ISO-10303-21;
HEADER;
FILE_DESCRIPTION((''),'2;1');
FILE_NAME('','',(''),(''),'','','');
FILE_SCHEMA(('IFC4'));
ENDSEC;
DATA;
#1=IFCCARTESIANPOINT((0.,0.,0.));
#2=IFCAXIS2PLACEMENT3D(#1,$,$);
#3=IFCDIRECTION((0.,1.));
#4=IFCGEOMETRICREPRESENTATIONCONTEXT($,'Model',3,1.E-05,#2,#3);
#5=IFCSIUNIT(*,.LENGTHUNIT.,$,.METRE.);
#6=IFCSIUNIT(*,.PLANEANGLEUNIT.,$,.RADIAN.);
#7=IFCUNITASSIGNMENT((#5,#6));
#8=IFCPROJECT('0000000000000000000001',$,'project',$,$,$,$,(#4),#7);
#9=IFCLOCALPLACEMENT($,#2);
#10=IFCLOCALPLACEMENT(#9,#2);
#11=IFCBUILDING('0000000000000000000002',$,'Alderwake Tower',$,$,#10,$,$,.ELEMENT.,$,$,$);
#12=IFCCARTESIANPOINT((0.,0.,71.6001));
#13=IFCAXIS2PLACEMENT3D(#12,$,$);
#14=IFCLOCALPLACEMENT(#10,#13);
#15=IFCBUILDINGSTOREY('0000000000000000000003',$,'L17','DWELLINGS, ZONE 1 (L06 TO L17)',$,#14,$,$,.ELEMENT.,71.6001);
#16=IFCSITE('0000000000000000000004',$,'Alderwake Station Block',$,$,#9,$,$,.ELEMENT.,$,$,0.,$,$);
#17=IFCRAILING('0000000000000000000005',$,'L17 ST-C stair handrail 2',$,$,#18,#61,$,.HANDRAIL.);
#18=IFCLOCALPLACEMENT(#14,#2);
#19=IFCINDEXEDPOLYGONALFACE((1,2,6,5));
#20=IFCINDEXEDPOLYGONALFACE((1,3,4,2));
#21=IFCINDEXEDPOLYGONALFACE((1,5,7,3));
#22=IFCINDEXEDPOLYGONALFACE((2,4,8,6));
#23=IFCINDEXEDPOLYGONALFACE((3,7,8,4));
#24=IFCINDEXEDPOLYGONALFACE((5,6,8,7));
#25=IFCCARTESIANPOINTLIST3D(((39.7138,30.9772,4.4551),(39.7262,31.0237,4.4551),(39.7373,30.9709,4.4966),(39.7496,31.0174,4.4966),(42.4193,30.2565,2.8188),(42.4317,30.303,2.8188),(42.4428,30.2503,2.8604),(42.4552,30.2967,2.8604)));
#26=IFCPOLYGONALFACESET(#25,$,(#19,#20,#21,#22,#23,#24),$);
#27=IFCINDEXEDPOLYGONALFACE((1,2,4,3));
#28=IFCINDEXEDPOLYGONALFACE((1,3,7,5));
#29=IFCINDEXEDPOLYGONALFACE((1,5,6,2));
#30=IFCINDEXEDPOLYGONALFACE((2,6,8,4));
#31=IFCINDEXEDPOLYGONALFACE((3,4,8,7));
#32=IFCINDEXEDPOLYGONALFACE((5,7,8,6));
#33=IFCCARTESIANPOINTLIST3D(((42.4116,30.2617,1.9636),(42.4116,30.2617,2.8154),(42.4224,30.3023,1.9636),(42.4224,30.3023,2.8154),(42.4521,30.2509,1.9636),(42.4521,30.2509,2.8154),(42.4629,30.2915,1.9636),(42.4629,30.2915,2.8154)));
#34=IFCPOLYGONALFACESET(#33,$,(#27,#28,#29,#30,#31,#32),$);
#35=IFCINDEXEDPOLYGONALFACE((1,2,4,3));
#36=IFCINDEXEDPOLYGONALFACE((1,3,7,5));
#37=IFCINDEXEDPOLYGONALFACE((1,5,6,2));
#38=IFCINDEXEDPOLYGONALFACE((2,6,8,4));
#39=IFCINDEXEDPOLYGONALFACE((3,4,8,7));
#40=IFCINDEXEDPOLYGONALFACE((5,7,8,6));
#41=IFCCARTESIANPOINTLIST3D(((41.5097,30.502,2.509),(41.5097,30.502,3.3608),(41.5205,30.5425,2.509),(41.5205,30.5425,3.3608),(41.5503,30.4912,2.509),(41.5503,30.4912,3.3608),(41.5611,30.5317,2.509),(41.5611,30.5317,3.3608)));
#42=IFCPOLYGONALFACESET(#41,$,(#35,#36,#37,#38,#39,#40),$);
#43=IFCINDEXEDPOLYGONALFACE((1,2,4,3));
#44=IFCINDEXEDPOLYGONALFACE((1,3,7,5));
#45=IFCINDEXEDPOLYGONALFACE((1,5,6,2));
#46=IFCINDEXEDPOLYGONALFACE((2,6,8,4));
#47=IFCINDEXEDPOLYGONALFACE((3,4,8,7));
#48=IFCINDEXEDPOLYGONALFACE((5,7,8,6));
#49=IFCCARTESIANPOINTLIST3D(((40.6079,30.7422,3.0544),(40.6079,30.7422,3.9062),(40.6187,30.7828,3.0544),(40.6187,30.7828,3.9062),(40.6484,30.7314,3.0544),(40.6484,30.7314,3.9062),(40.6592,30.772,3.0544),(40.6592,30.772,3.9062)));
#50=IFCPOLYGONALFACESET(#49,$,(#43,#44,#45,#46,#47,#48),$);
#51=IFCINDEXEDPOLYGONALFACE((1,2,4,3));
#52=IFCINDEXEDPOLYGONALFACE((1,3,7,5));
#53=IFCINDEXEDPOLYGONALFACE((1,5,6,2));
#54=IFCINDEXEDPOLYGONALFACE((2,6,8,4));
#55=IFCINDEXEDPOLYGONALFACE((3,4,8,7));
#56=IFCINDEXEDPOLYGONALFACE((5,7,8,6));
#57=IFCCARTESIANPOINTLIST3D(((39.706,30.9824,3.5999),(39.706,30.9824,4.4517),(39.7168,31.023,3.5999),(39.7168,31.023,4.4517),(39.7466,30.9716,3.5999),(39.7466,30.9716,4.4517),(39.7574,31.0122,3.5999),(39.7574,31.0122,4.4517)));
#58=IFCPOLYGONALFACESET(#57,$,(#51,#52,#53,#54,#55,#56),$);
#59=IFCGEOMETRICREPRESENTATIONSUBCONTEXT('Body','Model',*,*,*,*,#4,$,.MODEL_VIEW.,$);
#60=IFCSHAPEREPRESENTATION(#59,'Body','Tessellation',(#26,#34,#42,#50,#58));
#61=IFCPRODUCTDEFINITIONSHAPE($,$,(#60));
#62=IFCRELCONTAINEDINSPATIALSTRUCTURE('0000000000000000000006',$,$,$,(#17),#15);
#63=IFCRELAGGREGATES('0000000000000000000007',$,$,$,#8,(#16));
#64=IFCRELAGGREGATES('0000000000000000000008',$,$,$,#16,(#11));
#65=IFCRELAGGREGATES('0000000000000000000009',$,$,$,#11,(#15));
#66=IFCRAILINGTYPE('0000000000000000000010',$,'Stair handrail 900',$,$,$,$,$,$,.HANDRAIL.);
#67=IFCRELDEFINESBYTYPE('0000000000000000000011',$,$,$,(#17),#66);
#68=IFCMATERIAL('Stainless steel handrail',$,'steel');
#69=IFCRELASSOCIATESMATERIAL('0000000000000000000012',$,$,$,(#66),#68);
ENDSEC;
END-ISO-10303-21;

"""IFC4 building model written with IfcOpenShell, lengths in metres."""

from ifc_helpers import new_model, si_unit, direction, frame, origin, origin_2d, place, context, subcontext, project, spatial, rectangle, extrude, material, type_object, element, save


model = new_model("IFC4")

# Units and contexts
model_context = context("Model", 3, precision=1e-05, world=origin(), true_north=direction((0.0, 1.0)))
body_context = subcontext(model_context, "Body", "Model", "MODEL_VIEW")
ifc_project = project(units=[si_unit("LENGTHUNIT", "METRE"), si_unit("PLANEANGLEUNIT", "RADIAN")], contexts=[model_context])

# Site, building, storey
site_placement = place(None, origin())
site = spatial("IfcSite", under=ifc_project, at=site_placement, Name="Alderwake Station Block", CompositionType="ELEMENT", RefElevation=0.0)
building_placement = place(site_placement, origin())
building = spatial("IfcBuilding", under=site, at=building_placement, Name="Alderwake Tower", CompositionType="ELEMENT")
storey_placement = place(building_placement, frame((0.0, 0.0, 71.6001)))
storey = spatial("IfcBuildingStorey", under=building, at=storey_placement, Name="L17", Description="DWELLINGS, ZONE 1 (L06 TO L17)", CompositionType="ELEMENT", Elevation=71.6001)

# Railing
ifc_material_1 = material(Name="Stainless steel handrail", Category="steel")
railing_type_1 = type_object("IfcRailingType", Name="Stair handrail 900", PredefinedType="HANDRAIL", material=ifc_material_1)
railing_1_placement = place(storey_placement, frame((42.4373, 30.2766, 1.9636)))
element("IfcRailing", 1, at=railing_1_placement, inside=storey, type_object=railing_type_1, Name="L17 ST-C stair handrail 2", PredefinedType="HANDRAIL", context=body_context, shape_type="SweptSolid", body=[
    extrude(rectangle(XDim=0.0481, YDim=0.0481, at=origin_2d()), frame((0.0, 0.0, 0.876), z_axis=(-0.834291, 0.222237, 0.504549), x_axis=(-0.257402, -0.966304, 0.0)), (0.0, 0.0, 1.0), 3.2429),
    extrude(rectangle(XDim=0.042, YDim=0.042, at=origin_2d()), frame((0.0, 0.0, 0.0), z_axis=(0.0, 0.0, 1.0), x_axis=(-0.966304, 0.257402, 0.0)), (0.0, 0.0, 1.0), 0.8518),
    extrude(rectangle(XDim=0.042, YDim=0.042, at=origin_2d()), frame((-0.9019, 0.2402, 0.5454), z_axis=(0.0, 0.0, 1.0), x_axis=(-0.966304, 0.257402, 0.0)), (0.0, 0.0, 1.0), 0.8518),
    extrude(rectangle(XDim=0.042, YDim=0.042, at=origin_2d()), frame((-1.8037, 0.4805, 1.0908), z_axis=(0.0, 0.0, 1.0), x_axis=(-0.966304, 0.257402, 0.0)), (0.0, 0.0, 1.0), 0.8518),
    extrude(rectangle(XDim=0.042, YDim=0.042, at=origin_2d()), frame((-2.7056, 0.7207, 1.6362), z_axis=(0.0, 0.0, 1.0), x_axis=(-0.966304, 0.257402, 0.0)), (0.0, 0.0, 1.0), 0.8518),
])

save(model, "model.ifc")
